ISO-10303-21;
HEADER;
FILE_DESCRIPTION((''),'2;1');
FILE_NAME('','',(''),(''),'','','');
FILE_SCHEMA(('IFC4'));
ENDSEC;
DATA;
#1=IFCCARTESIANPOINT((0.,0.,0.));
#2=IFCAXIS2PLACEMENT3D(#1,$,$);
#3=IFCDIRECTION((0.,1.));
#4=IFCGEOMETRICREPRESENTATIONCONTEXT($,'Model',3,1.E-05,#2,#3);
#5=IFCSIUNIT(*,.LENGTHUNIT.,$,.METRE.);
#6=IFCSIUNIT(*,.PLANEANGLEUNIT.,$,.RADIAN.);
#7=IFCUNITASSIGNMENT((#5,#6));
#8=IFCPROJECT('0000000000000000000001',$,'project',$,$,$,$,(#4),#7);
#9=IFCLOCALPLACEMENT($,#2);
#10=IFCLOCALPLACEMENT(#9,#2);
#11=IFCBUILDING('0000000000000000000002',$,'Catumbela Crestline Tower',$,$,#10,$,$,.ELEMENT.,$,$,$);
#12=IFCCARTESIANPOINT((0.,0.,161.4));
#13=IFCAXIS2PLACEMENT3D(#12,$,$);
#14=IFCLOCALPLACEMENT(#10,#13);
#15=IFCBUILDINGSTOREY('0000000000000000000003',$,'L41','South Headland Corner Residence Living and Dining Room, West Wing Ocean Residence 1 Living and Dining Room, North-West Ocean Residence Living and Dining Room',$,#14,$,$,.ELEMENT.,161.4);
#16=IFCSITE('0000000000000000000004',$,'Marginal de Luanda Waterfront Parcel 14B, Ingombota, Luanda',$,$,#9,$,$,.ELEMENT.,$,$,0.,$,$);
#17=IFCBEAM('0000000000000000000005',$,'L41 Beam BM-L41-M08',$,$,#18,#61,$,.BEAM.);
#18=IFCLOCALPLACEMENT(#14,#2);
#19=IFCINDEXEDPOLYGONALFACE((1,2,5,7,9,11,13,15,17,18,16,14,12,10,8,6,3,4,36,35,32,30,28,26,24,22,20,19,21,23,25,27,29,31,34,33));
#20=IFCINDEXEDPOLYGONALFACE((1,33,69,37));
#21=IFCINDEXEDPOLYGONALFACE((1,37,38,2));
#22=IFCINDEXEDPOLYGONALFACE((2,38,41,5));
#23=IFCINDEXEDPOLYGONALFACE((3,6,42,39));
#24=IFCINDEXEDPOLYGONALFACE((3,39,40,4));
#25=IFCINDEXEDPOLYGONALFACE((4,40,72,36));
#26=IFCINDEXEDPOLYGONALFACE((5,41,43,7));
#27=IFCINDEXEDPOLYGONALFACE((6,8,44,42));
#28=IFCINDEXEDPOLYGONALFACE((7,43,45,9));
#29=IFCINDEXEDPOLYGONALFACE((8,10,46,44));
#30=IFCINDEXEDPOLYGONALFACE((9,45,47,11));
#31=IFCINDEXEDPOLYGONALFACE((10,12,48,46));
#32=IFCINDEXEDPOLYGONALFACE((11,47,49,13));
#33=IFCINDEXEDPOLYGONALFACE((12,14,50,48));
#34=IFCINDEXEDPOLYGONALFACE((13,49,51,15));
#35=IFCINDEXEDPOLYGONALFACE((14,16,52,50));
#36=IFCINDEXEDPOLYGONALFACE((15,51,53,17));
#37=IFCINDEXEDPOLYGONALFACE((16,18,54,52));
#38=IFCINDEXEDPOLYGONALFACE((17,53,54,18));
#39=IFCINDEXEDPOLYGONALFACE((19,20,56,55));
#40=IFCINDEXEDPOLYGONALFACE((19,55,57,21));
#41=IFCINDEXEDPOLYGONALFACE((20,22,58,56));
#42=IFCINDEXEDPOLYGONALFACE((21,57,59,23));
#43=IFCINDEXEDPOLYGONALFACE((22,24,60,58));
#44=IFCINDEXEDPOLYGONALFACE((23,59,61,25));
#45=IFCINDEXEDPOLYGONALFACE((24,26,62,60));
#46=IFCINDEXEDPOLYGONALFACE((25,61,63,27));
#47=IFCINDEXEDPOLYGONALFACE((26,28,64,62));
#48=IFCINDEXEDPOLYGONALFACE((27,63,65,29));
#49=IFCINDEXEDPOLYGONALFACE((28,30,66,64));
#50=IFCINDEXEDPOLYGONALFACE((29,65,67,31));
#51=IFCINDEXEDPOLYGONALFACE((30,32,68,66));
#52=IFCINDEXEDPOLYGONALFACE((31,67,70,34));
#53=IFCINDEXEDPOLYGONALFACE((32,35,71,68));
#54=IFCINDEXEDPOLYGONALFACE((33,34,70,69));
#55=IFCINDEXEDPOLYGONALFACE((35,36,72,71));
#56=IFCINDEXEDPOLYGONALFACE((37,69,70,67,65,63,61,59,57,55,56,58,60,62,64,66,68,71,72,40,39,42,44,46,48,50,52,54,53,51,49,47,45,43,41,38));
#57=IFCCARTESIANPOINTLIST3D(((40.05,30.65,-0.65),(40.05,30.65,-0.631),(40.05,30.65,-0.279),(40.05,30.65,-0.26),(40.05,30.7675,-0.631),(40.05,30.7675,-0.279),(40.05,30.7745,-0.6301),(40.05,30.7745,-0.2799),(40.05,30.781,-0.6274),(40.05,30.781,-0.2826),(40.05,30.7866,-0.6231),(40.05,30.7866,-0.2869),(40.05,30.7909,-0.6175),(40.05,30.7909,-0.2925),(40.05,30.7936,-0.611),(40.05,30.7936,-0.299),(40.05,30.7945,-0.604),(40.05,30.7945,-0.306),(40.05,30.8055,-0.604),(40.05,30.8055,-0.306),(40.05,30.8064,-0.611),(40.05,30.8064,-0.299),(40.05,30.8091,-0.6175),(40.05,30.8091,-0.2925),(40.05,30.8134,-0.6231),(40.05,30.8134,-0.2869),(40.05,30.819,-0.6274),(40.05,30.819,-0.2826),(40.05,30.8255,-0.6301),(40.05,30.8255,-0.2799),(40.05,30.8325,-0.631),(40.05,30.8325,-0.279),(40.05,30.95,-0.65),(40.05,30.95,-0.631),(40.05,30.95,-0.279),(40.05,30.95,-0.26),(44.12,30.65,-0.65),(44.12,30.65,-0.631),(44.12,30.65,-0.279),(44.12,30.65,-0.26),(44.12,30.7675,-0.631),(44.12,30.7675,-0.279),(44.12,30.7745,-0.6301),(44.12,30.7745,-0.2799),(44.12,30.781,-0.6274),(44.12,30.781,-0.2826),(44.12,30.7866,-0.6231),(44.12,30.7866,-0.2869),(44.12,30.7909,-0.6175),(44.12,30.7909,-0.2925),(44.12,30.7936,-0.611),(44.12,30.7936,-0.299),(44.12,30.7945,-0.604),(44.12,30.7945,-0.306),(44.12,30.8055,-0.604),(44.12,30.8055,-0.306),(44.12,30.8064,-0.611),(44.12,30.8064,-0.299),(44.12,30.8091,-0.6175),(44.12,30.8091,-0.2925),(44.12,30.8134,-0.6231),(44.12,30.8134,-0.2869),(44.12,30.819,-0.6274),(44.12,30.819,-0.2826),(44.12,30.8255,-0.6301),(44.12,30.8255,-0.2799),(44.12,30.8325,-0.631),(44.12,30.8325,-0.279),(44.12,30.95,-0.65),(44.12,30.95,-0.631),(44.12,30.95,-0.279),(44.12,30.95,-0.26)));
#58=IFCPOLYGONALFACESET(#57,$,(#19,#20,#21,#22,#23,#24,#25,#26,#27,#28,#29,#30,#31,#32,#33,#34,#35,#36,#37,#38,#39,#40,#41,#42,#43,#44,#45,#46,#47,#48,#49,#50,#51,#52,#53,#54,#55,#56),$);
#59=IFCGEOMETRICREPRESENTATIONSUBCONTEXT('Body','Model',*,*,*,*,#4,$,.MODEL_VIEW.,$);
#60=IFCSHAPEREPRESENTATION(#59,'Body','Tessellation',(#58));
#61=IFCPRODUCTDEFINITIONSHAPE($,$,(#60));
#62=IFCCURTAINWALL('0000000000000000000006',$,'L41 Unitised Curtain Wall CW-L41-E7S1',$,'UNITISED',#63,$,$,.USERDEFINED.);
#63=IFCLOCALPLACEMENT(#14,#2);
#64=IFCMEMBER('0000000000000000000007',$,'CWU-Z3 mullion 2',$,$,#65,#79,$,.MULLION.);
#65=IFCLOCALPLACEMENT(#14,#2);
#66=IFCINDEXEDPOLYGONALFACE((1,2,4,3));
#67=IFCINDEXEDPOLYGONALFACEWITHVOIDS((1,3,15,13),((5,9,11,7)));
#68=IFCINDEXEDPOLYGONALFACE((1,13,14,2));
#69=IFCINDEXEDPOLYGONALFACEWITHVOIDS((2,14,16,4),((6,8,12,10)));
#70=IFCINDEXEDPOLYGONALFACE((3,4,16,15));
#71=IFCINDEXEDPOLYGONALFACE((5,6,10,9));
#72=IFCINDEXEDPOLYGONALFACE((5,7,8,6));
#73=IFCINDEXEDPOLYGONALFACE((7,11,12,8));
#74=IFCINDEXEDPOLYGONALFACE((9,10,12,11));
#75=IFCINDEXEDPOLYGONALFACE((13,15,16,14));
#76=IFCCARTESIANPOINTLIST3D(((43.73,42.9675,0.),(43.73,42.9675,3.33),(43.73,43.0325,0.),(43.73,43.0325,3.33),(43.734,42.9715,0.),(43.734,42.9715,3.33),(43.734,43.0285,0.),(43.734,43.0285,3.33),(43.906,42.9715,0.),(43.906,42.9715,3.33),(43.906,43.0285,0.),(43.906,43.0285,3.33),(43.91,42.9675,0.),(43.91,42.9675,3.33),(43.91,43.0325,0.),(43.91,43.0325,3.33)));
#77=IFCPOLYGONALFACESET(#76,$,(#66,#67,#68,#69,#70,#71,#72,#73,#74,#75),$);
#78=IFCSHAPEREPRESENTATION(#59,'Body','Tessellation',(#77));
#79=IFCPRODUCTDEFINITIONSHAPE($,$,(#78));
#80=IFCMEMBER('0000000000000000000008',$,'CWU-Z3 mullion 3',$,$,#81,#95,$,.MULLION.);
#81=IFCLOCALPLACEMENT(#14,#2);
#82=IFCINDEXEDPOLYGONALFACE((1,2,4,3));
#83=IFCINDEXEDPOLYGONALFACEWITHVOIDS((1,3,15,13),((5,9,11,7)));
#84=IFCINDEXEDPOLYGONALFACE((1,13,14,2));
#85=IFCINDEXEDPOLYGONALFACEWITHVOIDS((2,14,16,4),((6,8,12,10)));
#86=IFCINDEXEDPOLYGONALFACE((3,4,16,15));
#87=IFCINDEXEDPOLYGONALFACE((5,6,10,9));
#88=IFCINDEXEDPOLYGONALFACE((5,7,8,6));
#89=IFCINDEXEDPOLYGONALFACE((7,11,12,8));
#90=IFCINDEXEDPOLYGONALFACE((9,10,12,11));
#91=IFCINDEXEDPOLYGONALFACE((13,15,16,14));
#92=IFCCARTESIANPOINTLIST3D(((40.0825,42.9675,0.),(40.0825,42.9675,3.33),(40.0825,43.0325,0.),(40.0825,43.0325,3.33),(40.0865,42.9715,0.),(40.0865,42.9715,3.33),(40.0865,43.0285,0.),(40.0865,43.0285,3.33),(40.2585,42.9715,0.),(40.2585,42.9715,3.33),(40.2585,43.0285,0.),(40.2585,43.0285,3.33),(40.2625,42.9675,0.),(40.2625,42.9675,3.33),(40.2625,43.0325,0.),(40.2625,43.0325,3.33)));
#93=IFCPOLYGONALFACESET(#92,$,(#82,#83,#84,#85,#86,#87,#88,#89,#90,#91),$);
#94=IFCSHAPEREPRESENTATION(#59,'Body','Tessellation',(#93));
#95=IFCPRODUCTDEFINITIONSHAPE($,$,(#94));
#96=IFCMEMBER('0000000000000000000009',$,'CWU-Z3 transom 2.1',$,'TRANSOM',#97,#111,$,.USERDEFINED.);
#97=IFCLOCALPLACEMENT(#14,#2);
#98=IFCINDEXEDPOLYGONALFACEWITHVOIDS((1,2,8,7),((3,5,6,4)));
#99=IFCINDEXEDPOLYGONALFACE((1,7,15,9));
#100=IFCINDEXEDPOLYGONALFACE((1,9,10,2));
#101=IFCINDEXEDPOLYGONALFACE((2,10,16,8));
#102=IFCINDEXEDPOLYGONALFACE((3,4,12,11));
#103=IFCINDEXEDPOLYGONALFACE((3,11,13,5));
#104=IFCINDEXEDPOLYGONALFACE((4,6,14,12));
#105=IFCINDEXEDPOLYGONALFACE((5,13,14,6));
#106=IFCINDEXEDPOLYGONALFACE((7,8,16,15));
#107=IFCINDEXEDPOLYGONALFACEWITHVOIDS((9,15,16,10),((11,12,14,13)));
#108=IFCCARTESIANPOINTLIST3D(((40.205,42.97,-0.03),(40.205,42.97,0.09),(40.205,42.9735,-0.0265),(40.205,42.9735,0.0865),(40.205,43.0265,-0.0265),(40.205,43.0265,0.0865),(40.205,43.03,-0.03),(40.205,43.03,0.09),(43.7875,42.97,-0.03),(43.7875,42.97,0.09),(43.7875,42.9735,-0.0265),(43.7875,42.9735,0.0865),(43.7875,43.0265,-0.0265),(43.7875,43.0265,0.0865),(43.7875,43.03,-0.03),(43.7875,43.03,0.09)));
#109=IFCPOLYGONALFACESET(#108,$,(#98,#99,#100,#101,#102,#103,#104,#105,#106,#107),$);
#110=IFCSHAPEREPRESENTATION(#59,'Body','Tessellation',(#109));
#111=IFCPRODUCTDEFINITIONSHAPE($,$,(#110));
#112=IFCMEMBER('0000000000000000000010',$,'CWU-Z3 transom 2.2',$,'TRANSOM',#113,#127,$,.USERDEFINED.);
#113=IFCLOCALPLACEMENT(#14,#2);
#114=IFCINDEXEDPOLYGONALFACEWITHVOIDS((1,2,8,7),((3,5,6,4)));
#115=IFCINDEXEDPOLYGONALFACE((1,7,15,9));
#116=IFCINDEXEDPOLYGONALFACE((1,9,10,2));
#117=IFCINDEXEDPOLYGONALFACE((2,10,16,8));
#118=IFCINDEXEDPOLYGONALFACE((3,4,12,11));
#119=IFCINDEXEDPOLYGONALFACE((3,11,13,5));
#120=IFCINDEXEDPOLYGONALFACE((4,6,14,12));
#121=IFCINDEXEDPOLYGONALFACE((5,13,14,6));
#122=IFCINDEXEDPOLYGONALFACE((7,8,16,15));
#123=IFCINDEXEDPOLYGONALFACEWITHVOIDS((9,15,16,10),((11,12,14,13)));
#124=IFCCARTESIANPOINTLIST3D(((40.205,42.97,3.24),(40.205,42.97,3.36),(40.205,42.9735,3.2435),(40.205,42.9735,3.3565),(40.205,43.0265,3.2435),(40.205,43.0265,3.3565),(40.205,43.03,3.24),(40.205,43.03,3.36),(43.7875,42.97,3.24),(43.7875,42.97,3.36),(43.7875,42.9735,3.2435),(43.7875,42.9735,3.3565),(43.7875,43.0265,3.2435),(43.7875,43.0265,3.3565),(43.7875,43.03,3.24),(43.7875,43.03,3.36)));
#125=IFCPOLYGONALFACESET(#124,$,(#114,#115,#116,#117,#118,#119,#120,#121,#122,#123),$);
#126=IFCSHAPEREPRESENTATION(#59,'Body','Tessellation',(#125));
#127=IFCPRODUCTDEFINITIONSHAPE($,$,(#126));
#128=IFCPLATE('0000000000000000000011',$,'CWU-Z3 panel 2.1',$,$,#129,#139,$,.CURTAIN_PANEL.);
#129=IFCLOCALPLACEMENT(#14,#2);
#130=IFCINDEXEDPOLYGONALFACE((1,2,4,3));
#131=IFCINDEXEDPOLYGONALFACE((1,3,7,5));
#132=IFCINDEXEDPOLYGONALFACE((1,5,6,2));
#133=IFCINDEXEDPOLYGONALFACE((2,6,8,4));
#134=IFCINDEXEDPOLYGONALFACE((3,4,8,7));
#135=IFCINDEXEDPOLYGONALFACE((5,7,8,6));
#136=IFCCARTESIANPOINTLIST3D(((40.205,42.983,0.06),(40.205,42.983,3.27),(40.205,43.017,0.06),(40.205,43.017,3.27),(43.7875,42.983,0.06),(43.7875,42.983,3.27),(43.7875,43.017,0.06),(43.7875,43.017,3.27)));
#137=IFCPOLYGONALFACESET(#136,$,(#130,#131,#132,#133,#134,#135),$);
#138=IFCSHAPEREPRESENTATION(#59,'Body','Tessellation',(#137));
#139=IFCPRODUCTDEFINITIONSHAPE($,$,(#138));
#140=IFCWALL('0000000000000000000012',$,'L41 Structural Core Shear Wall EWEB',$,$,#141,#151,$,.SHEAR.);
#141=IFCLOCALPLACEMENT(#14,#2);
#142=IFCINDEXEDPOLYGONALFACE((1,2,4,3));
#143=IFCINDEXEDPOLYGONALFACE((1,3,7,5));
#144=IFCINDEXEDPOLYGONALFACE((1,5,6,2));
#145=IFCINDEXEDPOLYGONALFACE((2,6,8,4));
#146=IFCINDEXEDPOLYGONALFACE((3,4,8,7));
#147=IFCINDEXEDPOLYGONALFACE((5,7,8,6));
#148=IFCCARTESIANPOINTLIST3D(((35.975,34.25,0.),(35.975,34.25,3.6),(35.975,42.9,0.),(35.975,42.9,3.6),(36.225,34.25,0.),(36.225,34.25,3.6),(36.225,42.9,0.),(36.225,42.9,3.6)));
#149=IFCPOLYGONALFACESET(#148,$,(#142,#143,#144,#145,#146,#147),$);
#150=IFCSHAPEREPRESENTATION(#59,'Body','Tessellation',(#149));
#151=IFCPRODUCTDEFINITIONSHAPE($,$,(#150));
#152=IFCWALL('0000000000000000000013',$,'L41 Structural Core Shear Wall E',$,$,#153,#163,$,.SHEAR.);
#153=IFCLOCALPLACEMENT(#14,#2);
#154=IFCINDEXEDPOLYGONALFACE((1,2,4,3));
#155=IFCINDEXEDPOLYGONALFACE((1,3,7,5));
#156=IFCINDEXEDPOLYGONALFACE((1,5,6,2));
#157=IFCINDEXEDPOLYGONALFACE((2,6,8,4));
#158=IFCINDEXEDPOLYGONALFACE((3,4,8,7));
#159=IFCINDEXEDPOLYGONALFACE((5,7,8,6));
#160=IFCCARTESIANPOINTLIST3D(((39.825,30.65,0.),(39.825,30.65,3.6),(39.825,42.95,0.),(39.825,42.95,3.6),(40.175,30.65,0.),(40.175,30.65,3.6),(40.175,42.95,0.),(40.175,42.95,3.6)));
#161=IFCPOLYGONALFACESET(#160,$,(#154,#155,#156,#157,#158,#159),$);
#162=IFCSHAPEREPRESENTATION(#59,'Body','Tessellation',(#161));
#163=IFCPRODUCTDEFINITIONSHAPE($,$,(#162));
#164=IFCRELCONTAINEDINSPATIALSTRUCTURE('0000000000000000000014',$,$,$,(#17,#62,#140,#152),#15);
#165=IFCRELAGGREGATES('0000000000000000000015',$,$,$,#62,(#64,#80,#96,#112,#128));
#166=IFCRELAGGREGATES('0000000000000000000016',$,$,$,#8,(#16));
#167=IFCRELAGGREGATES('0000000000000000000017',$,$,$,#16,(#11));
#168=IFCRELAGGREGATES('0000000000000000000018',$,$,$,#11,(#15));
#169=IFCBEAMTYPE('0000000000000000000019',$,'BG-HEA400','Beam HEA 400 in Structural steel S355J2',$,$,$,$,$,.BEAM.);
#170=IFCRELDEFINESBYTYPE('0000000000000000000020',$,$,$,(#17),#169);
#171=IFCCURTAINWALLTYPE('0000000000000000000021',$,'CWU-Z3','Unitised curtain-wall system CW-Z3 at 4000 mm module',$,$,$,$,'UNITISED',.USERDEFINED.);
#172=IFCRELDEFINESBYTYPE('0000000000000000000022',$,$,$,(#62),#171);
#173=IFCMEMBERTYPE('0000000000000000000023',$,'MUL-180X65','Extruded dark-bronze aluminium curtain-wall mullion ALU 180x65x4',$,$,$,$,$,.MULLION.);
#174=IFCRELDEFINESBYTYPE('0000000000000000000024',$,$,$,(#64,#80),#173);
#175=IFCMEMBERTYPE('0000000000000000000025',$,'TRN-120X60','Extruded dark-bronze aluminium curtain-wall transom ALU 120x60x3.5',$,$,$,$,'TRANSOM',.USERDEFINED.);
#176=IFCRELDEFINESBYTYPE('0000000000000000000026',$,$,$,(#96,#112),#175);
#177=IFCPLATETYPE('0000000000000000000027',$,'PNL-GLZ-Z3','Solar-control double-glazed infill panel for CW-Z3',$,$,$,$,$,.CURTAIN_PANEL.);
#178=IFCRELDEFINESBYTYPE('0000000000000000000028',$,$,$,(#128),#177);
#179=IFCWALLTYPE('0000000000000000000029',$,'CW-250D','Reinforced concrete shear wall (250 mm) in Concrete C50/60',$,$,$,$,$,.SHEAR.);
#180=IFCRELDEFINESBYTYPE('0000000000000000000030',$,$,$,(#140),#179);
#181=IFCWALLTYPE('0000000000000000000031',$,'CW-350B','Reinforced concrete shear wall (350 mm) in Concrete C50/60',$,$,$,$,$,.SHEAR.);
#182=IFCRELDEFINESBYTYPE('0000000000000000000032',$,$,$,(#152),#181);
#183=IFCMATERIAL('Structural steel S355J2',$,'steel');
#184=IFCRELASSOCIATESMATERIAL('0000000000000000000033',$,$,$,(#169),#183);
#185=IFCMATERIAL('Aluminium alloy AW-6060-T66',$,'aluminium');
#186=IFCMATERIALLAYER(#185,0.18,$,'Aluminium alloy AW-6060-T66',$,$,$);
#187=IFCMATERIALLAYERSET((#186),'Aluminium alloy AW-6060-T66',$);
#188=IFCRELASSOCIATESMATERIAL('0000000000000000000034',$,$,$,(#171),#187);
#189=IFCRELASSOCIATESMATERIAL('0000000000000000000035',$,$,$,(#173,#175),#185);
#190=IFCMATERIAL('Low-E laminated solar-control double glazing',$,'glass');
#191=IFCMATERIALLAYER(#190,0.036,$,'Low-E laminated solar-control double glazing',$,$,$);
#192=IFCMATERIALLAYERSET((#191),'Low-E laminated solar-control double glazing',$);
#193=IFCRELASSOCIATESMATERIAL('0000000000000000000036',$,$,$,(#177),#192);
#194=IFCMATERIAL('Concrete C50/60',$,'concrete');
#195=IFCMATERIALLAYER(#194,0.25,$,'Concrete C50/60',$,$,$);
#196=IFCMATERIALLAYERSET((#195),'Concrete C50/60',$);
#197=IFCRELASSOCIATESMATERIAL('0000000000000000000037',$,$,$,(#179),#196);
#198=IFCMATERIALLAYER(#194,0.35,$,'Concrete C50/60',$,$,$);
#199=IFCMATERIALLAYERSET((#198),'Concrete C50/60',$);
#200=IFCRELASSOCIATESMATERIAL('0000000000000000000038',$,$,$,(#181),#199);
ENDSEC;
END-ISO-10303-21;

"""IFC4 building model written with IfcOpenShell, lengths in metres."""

from ifc_helpers import new_model, si_unit, direction, frame, frame_2d, origin, origin_2d, place, context, subcontext, project, spatial, rectangle, hollow_rectangle, i_section, extrude, material, layer, layer_set, material_profile, profile_set, type_object, element, aggregate, save


model = new_model("IFC4")

# Units and contexts
model_context = context("Model", 3, precision=1e-05, world=origin(), true_north=direction((0.0, 1.0)))
body_context = subcontext(model_context, "Body", "Model", "MODEL_VIEW")
ifc_project = project(units=[si_unit("LENGTHUNIT", "METRE"), si_unit("PLANEANGLEUNIT", "RADIAN")], contexts=[model_context])

# Site, building, storey
site_placement = place(None, origin())
site = spatial("IfcSite", under=ifc_project, at=site_placement, Name="Marginal de Luanda Waterfront Parcel 14B, Ingombota, Luanda", CompositionType="ELEMENT", RefElevation=0.0)
building_placement = place(site_placement, origin())
building = spatial("IfcBuilding", under=site, at=building_placement, Name="Catumbela Crestline Tower", CompositionType="ELEMENT")
storey_placement = place(building_placement, frame((0.0, 0.0, 161.4)))
storey = spatial("IfcBuildingStorey", under=building, at=storey_placement, Name="L41", Description="South Headland Corner Residence Living and Dining Room, West Wing Ocean Residence 1 Living and Dining Room, North-West Ocean Residence Living and Dining Room", CompositionType="ELEMENT", Elevation=161.4)

# Beam
ifc_material_1 = material(Name="Structural steel S355J2", Category="steel")
ifc_material_profile_1 = material_profile(ifc_material_1, i_section(OverallWidth=0.3, OverallDepth=0.39, WebThickness=0.011, FlangeThickness=0.019, FilletRadius=0.027, at=origin_2d()), Name="HEA 400")
ifc_profile_set_1 = profile_set([ifc_material_profile_1], Name="Structural steel S355J2")
beam_type = type_object("IfcBeamType", Name="BG-HEA400", Description="Beam HEA 400 in Structural steel S355J2", PredefinedType="BEAM", material=ifc_profile_set_1)
beam_placement = place(storey_placement, frame((40.05, 30.8, -0.455), z_axis=(1.0, 0.0, 0.0), x_axis=(0.0, 1.0, 0.0)))
element("IfcBeam", 1, at=beam_placement, inside=storey, type_object=beam_type, Name="L41 Beam BM-L41-M08", PredefinedType="BEAM", context=body_context, shape_type="SweptSolid", body=[
    extrude(i_section(OverallWidth=0.3, OverallDepth=0.39, WebThickness=0.011, FlangeThickness=0.019, FilletRadius=0.027, at=origin_2d()), origin(), (0.0, 0.0, 1.0), 4.07),
])

# Curtain wall, members, plate
ifc_material_2 = material(Name="Aluminium alloy AW-6060-T66", Category="aluminium")
ifc_layer_1 = layer(ifc_material_2, 0.18, Name="Aluminium alloy AW-6060-T66")
ifc_layer_set_1 = layer_set([ifc_layer_1], Name="Aluminium alloy AW-6060-T66")
curtain_wall_type = type_object("IfcCurtainWallType", Name="CWU-Z3", Description="Unitised curtain-wall system CW-Z3 at 4000 mm module", ElementType="UNITISED", PredefinedType="USERDEFINED", material=ifc_layer_set_1)
curtain_wall_placement = place(storey_placement, origin())
curtain_wall = element("IfcCurtainWall", 2, at=curtain_wall_placement, inside=storey, type_object=curtain_wall_type, Name="L41 Unitised Curtain Wall CW-L41-E7S1", ObjectType="UNITISED", PredefinedType="USERDEFINED")
ifc_material_profile_2 = material_profile(ifc_material_2, hollow_rectangle(XDim=0.065, YDim=0.18, WallThickness=0.004, at=origin_2d()), Name="ALU 180x65x4")
ifc_profile_set_2 = profile_set([ifc_material_profile_2], Name="Aluminium alloy AW-6060-T66")
member_type_1 = type_object("IfcMemberType", Name="MUL-180X65", Description="Extruded dark-bronze aluminium curtain-wall mullion ALU 180x65x4", PredefinedType="MULLION", material=ifc_profile_set_2)
member_1_placement = place(storey_placement, frame((43.82, 43.0, 0.0), z_axis=(0.0, 0.0, 1.0), x_axis=(0.0, -1.0, 0.0)))
member_1 = element("IfcMember", 3, at=member_1_placement, type_object=member_type_1, Name="CWU-Z3 mullion 2", PredefinedType="MULLION", context=body_context, shape_type="SweptSolid", body=[
    extrude(hollow_rectangle(XDim=0.065, YDim=0.18, WallThickness=0.004, at=origin_2d()), origin(), (0.0, 0.0, 1.0), 3.33),
])
member_2_placement = place(storey_placement, frame((40.1725, 43.0, 0.0), z_axis=(0.0, 0.0, 1.0), x_axis=(0.0, -1.0, 0.0)))
member_2 = element("IfcMember", 4, at=member_2_placement, type_object=member_type_1, Name="CWU-Z3 mullion 3", PredefinedType="MULLION", context=body_context, shape_type="SweptSolid", body=[
    extrude(hollow_rectangle(XDim=0.065, YDim=0.18, WallThickness=0.004, at=origin_2d()), origin(), (0.0, 0.0, 1.0), 3.33),
])
ifc_material_profile_3 = material_profile(ifc_material_2, hollow_rectangle(XDim=0.06, YDim=0.12, WallThickness=0.0035, at=origin_2d()), Name="ALU 120x60x3.5")
ifc_profile_set_3 = profile_set([ifc_material_profile_3], Name="Aluminium alloy AW-6060-T66")
member_type_2 = type_object("IfcMemberType", Name="TRN-120X60", Description="Extruded dark-bronze aluminium curtain-wall transom ALU 120x60x3.5", ElementType="TRANSOM", PredefinedType="USERDEFINED", material=ifc_profile_set_3)
member_3_placement = place(storey_placement, frame((43.7875, 43.0, 0.03), z_axis=(-1.0, 0.0, 0.0), x_axis=(0.0, -1.0, 0.0)))
member_3 = element("IfcMember", 5, at=member_3_placement, type_object=member_type_2, Name="CWU-Z3 transom 2.1", ObjectType="TRANSOM", PredefinedType="USERDEFINED", context=body_context, shape_type="SweptSolid", body=[
    extrude(hollow_rectangle(XDim=0.06, YDim=0.12, WallThickness=0.0035, at=origin_2d()), origin(), (0.0, 0.0, 1.0), 3.5825),
])
member_4_placement = place(storey_placement, frame((43.7875, 43.0, 3.3), z_axis=(-1.0, 0.0, 0.0), x_axis=(0.0, -1.0, 0.0)))
member_4 = element("IfcMember", 6, at=member_4_placement, type_object=member_type_2, Name="CWU-Z3 transom 2.2", ObjectType="TRANSOM", PredefinedType="USERDEFINED", context=body_context, shape_type="SweptSolid", body=[
    extrude(hollow_rectangle(XDim=0.06, YDim=0.12, WallThickness=0.0035, at=origin_2d()), origin(), (0.0, 0.0, 1.0), 3.5825),
])
ifc_material_3 = material(Name="Low-E laminated solar-control double glazing", Category="glass")
ifc_layer_2 = layer(ifc_material_3, 0.036, Name="Low-E laminated solar-control double glazing")
ifc_layer_set_2 = layer_set([ifc_layer_2], Name="Low-E laminated solar-control double glazing")
plate_type = type_object("IfcPlateType", Name="PNL-GLZ-Z3", Description="Solar-control double-glazed infill panel for CW-Z3", PredefinedType="CURTAIN_PANEL", material=ifc_layer_set_2)
plate_placement = place(storey_placement, frame((41.9963, 43.0, 0.06), z_axis=(0.0, 0.0, 1.0), x_axis=(-1.0, 0.0, 0.0)))
plate = element("IfcPlate", 7, at=plate_placement, type_object=plate_type, Name="CWU-Z3 panel 2.1", PredefinedType="CURTAIN_PANEL", context=body_context, shape_type="SweptSolid", body=[
    extrude(rectangle(XDim=3.5825, YDim=0.034, at=origin_2d()), origin(), (0.0, 0.0, 1.0), 3.21),
])
aggregate(curtain_wall, [member_1, member_2, member_3, member_4, plate])

# Walls
ifc_material_4 = material(Name="Concrete C50/60", Category="concrete")
ifc_layer_3 = layer(ifc_material_4, 0.25, Name="Concrete C50/60")
ifc_layer_set_3 = layer_set([ifc_layer_3], Name="Concrete C50/60")
wall_type_1 = type_object("IfcWallType", Name="CW-250D", Description="Reinforced concrete shear wall (250 mm) in Concrete C50/60", PredefinedType="SHEAR", material=ifc_layer_set_3)
wall_1_placement = place(storey_placement, frame((36.1, 34.25, 0.0), z_axis=(0.0, 0.0, 1.0), x_axis=(0.0, 1.0, 0.0)))
element("IfcWall", 8, at=wall_1_placement, inside=storey, type_object=wall_type_1, Name="L41 Structural Core Shear Wall EWEB", PredefinedType="SHEAR", context=body_context, shape_type="SweptSolid", body=[
    extrude(rectangle(XDim=8.65, YDim=0.25, at=frame_2d((4.325, 0.0))), origin(), (0.0, 0.0, 1.0), 3.6),
])
ifc_layer_4 = layer(ifc_material_4, 0.35, Name="Concrete C50/60")
ifc_layer_set_4 = layer_set([ifc_layer_4], Name="Concrete C50/60")
wall_type_2 = type_object("IfcWallType", Name="CW-350B", Description="Reinforced concrete shear wall (350 mm) in Concrete C50/60", PredefinedType="SHEAR", material=ifc_layer_set_4)
wall_2_placement = place(storey_placement, frame((40.0, 30.65, 0.0), z_axis=(0.0, 0.0, 1.0), x_axis=(0.0, 1.0, 0.0)))
element("IfcWall", 9, at=wall_2_placement, inside=storey, type_object=wall_type_2, Name="L41 Structural Core Shear Wall E", PredefinedType="SHEAR", context=body_context, shape_type="SweptSolid", body=[
    extrude(rectangle(XDim=12.3, YDim=0.35, at=frame_2d((6.15, 0.0))), origin(), (0.0, 0.0, 1.0), 3.6),
])

save(model, "model.ifc")
